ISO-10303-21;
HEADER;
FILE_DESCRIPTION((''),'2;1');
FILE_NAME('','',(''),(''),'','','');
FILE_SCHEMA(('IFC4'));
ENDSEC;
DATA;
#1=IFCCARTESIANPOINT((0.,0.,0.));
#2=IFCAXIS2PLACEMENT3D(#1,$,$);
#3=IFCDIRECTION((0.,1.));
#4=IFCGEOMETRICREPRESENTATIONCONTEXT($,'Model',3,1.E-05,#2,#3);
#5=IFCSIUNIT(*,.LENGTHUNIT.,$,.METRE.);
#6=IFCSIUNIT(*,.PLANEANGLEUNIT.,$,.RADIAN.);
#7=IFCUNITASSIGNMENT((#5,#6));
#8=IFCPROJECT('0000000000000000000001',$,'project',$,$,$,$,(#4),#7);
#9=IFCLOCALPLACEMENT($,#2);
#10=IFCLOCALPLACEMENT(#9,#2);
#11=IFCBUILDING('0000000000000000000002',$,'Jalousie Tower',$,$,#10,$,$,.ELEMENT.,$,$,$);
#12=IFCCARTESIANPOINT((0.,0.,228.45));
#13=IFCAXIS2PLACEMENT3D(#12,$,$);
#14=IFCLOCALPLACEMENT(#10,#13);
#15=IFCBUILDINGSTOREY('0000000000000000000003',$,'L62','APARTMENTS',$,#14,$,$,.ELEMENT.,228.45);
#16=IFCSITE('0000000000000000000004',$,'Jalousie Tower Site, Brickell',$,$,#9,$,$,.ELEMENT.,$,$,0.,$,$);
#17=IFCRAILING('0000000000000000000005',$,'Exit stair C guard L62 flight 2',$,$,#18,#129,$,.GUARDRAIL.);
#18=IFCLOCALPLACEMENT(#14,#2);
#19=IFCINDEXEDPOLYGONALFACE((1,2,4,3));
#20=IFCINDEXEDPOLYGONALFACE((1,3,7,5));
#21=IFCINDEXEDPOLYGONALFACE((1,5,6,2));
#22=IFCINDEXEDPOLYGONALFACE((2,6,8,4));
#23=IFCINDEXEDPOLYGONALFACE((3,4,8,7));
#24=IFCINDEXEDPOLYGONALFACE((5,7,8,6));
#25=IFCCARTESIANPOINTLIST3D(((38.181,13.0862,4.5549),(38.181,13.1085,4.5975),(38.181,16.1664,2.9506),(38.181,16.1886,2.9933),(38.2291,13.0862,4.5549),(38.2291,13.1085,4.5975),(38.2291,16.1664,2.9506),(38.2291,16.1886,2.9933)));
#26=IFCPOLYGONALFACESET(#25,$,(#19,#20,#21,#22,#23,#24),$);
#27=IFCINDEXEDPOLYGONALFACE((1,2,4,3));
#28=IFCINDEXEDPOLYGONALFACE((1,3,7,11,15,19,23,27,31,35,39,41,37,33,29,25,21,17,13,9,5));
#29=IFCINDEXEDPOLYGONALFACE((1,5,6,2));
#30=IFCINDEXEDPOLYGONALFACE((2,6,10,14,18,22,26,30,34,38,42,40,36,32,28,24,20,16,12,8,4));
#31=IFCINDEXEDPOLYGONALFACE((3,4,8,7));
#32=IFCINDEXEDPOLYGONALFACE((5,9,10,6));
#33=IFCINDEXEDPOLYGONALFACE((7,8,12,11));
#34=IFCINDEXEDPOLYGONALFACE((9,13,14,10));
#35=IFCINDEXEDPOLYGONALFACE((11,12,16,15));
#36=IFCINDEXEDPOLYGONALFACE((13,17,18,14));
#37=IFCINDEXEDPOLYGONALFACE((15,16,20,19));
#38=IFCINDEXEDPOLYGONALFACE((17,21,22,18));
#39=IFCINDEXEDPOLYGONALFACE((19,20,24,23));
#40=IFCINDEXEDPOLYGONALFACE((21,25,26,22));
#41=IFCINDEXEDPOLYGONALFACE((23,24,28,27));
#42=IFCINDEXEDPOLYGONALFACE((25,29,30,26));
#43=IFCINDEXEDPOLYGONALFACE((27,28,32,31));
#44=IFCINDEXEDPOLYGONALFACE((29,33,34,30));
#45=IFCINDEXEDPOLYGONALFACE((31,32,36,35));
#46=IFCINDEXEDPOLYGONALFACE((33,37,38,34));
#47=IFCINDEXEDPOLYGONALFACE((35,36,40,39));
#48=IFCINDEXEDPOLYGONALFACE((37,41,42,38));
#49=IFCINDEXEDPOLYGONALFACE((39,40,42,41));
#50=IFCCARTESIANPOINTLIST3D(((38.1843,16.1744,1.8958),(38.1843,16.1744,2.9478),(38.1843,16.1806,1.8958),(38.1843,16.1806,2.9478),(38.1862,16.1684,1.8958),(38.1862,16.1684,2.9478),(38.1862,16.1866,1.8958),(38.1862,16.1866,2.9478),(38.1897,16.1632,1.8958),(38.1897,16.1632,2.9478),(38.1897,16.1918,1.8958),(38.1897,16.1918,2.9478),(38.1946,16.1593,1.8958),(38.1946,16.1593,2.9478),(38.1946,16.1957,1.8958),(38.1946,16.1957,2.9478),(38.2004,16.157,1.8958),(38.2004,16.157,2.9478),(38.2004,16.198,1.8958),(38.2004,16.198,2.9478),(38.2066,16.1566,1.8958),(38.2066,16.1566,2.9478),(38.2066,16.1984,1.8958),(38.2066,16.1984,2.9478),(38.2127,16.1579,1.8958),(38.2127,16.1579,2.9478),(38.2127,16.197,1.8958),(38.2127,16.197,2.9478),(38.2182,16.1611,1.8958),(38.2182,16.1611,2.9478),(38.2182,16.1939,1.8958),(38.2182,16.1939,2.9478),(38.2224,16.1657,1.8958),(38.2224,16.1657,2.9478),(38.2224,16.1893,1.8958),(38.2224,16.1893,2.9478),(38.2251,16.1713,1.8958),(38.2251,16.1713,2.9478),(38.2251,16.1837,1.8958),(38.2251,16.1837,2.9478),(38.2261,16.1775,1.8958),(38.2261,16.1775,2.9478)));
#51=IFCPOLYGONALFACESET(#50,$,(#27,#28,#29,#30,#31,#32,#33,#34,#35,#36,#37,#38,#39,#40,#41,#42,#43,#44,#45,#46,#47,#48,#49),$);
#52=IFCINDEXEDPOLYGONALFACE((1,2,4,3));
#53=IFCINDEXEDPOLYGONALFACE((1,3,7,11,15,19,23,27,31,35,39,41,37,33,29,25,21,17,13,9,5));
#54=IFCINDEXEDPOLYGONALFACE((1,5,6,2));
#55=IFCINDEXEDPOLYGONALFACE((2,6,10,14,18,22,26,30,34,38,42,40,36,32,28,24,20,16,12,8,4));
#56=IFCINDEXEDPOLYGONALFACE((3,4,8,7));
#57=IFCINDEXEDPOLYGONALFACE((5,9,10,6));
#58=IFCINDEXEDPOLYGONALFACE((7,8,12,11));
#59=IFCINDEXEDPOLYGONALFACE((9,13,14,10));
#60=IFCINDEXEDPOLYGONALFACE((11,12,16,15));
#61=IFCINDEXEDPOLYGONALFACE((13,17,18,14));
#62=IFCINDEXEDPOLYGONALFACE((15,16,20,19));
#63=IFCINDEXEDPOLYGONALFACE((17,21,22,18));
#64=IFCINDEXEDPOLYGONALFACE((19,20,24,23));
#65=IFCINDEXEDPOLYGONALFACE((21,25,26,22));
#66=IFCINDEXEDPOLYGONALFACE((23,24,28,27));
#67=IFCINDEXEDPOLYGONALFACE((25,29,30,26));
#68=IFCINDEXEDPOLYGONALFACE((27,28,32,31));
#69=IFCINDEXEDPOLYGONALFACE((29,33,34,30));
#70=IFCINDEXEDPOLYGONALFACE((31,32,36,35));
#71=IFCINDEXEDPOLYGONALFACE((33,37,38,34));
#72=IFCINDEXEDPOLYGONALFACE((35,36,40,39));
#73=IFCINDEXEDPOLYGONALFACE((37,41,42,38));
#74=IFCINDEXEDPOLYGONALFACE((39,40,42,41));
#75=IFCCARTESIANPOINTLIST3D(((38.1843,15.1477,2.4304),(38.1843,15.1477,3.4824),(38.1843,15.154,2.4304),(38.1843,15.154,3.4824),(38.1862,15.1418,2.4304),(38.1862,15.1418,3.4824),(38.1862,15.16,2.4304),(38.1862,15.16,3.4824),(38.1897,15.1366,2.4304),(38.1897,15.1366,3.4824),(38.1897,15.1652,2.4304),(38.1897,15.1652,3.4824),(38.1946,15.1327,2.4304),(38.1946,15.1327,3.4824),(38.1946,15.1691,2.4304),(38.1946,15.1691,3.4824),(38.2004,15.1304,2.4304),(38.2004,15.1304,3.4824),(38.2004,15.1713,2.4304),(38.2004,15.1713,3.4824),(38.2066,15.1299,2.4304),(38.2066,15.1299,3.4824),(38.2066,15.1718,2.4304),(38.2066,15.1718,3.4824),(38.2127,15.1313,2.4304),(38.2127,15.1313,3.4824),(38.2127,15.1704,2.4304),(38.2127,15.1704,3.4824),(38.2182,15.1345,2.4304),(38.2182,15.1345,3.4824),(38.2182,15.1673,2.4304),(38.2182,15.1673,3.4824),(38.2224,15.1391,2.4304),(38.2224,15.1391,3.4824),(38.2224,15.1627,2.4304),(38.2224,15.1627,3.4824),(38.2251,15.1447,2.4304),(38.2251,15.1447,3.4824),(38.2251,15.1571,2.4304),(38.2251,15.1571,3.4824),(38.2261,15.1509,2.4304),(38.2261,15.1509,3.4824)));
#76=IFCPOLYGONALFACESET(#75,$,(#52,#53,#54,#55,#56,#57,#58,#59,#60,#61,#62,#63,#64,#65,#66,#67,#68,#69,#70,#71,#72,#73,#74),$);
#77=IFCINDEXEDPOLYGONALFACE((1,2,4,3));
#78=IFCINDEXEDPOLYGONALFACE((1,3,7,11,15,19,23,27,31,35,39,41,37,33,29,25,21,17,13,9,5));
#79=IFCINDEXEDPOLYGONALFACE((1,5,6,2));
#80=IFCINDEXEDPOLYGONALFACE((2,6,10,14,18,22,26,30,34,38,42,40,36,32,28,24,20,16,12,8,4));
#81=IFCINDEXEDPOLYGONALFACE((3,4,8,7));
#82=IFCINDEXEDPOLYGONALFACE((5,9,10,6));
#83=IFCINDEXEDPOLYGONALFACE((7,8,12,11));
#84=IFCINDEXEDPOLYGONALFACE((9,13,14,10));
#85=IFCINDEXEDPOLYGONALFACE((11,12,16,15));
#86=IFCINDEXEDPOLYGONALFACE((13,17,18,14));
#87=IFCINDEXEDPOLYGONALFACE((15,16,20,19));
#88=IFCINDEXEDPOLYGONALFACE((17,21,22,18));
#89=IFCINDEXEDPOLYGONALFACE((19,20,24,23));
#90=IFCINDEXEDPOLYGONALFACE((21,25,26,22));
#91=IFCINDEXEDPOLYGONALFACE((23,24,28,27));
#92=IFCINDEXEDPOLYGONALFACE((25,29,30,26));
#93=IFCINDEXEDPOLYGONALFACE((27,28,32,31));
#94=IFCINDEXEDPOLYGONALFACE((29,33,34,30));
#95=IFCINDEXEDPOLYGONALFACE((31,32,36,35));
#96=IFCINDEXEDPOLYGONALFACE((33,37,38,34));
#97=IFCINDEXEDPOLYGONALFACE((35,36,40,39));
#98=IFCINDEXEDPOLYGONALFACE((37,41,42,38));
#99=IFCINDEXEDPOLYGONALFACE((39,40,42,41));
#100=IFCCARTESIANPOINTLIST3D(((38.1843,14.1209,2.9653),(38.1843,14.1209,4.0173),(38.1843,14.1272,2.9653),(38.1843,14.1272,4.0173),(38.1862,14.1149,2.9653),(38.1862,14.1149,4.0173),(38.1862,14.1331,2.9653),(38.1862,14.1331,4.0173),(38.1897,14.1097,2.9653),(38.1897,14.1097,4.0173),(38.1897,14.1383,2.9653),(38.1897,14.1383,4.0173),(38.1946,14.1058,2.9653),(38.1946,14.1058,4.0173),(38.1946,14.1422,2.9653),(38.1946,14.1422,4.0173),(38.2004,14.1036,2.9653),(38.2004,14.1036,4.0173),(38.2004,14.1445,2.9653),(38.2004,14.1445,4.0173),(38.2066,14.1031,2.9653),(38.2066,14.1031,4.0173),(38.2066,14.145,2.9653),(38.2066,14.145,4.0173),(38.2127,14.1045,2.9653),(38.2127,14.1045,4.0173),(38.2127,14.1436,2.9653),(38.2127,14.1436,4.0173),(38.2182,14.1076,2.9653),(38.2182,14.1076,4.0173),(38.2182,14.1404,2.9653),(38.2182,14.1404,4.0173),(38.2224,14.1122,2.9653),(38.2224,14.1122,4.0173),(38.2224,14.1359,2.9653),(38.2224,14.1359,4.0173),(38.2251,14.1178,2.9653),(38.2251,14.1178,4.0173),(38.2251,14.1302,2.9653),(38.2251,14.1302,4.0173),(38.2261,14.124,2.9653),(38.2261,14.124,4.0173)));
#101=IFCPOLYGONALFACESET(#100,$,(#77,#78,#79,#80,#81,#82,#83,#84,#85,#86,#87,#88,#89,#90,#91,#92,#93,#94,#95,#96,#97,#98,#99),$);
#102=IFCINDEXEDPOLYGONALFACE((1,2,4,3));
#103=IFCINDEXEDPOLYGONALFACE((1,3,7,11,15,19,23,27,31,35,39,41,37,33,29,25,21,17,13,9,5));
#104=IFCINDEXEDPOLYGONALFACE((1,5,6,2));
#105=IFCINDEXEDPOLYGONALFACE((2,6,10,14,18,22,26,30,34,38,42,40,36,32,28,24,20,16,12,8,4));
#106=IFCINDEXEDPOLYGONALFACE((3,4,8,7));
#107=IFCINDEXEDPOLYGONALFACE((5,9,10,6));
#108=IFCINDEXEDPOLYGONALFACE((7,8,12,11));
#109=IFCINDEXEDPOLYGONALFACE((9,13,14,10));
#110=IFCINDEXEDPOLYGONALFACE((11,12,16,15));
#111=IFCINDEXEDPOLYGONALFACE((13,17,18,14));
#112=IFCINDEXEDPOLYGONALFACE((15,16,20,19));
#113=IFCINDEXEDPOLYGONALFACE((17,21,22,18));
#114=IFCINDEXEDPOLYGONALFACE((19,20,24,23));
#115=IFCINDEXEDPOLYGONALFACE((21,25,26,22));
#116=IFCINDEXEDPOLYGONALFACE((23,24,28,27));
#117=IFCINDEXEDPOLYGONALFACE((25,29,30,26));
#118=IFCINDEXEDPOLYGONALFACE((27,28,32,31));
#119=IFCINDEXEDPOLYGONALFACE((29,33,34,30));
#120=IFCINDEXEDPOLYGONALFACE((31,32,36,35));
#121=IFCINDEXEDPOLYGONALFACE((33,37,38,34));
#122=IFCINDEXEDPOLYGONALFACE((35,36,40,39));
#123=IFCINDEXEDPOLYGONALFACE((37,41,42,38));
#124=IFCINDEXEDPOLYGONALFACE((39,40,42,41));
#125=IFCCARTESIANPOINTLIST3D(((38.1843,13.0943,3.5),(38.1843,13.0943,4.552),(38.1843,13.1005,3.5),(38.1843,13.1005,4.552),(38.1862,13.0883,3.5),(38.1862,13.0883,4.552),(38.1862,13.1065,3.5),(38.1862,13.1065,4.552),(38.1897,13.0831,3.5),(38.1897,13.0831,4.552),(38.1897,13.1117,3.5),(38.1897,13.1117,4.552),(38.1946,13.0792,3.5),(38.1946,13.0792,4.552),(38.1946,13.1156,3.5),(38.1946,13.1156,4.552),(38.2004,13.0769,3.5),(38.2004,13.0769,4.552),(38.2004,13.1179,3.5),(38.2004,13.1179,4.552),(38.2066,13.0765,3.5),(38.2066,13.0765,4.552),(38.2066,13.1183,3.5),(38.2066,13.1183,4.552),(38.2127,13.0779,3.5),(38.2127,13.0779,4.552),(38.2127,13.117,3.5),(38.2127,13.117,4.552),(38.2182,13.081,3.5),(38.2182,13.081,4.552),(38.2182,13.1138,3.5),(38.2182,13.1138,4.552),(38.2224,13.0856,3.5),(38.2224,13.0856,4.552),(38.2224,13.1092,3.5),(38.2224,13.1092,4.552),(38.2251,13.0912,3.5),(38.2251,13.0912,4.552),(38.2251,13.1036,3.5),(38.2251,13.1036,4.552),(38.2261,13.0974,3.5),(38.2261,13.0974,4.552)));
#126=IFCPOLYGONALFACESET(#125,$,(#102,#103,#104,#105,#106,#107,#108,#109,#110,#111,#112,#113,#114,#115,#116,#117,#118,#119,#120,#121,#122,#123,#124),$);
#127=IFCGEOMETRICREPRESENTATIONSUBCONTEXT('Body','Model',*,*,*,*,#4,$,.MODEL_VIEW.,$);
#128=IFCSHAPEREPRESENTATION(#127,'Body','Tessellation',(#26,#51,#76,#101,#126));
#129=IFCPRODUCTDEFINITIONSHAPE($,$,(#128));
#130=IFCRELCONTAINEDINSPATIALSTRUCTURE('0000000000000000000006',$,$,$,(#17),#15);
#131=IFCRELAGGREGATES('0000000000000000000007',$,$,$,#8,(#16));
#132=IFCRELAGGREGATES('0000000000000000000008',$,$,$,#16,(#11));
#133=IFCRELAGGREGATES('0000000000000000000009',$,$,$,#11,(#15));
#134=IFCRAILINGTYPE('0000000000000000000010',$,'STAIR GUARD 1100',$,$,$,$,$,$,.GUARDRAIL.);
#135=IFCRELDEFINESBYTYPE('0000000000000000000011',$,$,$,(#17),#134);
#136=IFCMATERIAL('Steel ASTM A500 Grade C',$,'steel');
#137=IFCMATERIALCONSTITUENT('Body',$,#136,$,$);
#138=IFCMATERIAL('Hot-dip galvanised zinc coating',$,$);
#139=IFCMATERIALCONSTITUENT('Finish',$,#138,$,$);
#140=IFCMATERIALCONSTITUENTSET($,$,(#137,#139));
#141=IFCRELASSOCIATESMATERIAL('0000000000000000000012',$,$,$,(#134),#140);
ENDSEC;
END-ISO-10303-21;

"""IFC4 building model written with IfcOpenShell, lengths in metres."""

from ifc_helpers import new_model, si_unit, direction, frame, origin, origin_2d, place, context, subcontext, project, spatial, rectangle, circle, extrude, material, constituent, constituent_set, type_object, element, save


model = new_model("IFC4")

# Units and contexts
model_context = context("Model", 3, precision=1e-05, world=origin(), true_north=direction((0.0, 1.0)))
body_context = subcontext(model_context, "Body", "Model", "MODEL_VIEW")
ifc_project = project(units=[si_unit("LENGTHUNIT", "METRE"), si_unit("PLANEANGLEUNIT", "RADIAN")], contexts=[model_context])

# Site, building, storey
site_placement = place(None, origin())
site = spatial("IfcSite", under=ifc_project, at=site_placement, Name="Jalousie Tower Site, Brickell", CompositionType="ELEMENT", RefElevation=0.0)
building_placement = place(site_placement, origin())
building = spatial("IfcBuilding", under=site, at=building_placement, Name="Jalousie Tower", CompositionType="ELEMENT")
storey_placement = place(building_placement, frame((0.0, 0.0, 228.45)))
storey = spatial("IfcBuildingStorey", under=building, at=storey_placement, Name="L62", Description="APARTMENTS", CompositionType="ELEMENT", Elevation=228.45)

# Railing
ifc_material_1 = material(Name="Steel ASTM A500 Grade C", Category="steel")
ifc_constituent_1 = constituent(ifc_material_1, Name="Body")
ifc_material_2 = material(Name="Hot-dip galvanised zinc coating")
ifc_constituent_2 = constituent(ifc_material_2, Name="Finish")
ifc_constituent_set_1 = constituent_set(constituents=[ifc_constituent_1, ifc_constituent_2])
railing_type_1 = type_object("IfcRailingType", Name="STAIR GUARD 1100", PredefinedType="GUARDRAIL", material=ifc_constituent_set_1)
railing_1_placement = place(storey_placement, frame((38.2051, 16.1775, 1.8958)))
element("IfcRailing", 1, at=railing_1_placement, inside=storey, type_object=railing_type_1, Name="Exit stair C guard L62 flight 2", PredefinedType="GUARDRAIL", context=body_context, shape_type="SweptSolid", body=[
    extrude(rectangle(XDim=0.0481, YDim=0.0481, at=origin_2d()), frame((0.0, 0.0, 1.0762), z_axis=(0.0, -0.886909, 0.461944), x_axis=(1.0, 0.0, 0.0)), (0.0, 0.0, 1.0), 3.4729),
    extrude(circle(Radius=0.021, at=origin_2d()), origin(), (0.0, 0.0, 1.0), 1.052),
    extrude(circle(Radius=0.021, at=origin_2d()), frame((0.0, -1.0266, 0.5347)), (0.0, 0.0, 1.0), 1.052),
    extrude(circle(Radius=0.021, at=origin_2d()), frame((0.0, -2.0535, 1.0696)), (0.0, 0.0, 1.0), 1.052),
    extrude(circle(Radius=0.021, at=origin_2d()), frame((0.0, -3.0801, 1.6042)), (0.0, 0.0, 1.0), 1.052),
])

save(model, "model.ifc")
